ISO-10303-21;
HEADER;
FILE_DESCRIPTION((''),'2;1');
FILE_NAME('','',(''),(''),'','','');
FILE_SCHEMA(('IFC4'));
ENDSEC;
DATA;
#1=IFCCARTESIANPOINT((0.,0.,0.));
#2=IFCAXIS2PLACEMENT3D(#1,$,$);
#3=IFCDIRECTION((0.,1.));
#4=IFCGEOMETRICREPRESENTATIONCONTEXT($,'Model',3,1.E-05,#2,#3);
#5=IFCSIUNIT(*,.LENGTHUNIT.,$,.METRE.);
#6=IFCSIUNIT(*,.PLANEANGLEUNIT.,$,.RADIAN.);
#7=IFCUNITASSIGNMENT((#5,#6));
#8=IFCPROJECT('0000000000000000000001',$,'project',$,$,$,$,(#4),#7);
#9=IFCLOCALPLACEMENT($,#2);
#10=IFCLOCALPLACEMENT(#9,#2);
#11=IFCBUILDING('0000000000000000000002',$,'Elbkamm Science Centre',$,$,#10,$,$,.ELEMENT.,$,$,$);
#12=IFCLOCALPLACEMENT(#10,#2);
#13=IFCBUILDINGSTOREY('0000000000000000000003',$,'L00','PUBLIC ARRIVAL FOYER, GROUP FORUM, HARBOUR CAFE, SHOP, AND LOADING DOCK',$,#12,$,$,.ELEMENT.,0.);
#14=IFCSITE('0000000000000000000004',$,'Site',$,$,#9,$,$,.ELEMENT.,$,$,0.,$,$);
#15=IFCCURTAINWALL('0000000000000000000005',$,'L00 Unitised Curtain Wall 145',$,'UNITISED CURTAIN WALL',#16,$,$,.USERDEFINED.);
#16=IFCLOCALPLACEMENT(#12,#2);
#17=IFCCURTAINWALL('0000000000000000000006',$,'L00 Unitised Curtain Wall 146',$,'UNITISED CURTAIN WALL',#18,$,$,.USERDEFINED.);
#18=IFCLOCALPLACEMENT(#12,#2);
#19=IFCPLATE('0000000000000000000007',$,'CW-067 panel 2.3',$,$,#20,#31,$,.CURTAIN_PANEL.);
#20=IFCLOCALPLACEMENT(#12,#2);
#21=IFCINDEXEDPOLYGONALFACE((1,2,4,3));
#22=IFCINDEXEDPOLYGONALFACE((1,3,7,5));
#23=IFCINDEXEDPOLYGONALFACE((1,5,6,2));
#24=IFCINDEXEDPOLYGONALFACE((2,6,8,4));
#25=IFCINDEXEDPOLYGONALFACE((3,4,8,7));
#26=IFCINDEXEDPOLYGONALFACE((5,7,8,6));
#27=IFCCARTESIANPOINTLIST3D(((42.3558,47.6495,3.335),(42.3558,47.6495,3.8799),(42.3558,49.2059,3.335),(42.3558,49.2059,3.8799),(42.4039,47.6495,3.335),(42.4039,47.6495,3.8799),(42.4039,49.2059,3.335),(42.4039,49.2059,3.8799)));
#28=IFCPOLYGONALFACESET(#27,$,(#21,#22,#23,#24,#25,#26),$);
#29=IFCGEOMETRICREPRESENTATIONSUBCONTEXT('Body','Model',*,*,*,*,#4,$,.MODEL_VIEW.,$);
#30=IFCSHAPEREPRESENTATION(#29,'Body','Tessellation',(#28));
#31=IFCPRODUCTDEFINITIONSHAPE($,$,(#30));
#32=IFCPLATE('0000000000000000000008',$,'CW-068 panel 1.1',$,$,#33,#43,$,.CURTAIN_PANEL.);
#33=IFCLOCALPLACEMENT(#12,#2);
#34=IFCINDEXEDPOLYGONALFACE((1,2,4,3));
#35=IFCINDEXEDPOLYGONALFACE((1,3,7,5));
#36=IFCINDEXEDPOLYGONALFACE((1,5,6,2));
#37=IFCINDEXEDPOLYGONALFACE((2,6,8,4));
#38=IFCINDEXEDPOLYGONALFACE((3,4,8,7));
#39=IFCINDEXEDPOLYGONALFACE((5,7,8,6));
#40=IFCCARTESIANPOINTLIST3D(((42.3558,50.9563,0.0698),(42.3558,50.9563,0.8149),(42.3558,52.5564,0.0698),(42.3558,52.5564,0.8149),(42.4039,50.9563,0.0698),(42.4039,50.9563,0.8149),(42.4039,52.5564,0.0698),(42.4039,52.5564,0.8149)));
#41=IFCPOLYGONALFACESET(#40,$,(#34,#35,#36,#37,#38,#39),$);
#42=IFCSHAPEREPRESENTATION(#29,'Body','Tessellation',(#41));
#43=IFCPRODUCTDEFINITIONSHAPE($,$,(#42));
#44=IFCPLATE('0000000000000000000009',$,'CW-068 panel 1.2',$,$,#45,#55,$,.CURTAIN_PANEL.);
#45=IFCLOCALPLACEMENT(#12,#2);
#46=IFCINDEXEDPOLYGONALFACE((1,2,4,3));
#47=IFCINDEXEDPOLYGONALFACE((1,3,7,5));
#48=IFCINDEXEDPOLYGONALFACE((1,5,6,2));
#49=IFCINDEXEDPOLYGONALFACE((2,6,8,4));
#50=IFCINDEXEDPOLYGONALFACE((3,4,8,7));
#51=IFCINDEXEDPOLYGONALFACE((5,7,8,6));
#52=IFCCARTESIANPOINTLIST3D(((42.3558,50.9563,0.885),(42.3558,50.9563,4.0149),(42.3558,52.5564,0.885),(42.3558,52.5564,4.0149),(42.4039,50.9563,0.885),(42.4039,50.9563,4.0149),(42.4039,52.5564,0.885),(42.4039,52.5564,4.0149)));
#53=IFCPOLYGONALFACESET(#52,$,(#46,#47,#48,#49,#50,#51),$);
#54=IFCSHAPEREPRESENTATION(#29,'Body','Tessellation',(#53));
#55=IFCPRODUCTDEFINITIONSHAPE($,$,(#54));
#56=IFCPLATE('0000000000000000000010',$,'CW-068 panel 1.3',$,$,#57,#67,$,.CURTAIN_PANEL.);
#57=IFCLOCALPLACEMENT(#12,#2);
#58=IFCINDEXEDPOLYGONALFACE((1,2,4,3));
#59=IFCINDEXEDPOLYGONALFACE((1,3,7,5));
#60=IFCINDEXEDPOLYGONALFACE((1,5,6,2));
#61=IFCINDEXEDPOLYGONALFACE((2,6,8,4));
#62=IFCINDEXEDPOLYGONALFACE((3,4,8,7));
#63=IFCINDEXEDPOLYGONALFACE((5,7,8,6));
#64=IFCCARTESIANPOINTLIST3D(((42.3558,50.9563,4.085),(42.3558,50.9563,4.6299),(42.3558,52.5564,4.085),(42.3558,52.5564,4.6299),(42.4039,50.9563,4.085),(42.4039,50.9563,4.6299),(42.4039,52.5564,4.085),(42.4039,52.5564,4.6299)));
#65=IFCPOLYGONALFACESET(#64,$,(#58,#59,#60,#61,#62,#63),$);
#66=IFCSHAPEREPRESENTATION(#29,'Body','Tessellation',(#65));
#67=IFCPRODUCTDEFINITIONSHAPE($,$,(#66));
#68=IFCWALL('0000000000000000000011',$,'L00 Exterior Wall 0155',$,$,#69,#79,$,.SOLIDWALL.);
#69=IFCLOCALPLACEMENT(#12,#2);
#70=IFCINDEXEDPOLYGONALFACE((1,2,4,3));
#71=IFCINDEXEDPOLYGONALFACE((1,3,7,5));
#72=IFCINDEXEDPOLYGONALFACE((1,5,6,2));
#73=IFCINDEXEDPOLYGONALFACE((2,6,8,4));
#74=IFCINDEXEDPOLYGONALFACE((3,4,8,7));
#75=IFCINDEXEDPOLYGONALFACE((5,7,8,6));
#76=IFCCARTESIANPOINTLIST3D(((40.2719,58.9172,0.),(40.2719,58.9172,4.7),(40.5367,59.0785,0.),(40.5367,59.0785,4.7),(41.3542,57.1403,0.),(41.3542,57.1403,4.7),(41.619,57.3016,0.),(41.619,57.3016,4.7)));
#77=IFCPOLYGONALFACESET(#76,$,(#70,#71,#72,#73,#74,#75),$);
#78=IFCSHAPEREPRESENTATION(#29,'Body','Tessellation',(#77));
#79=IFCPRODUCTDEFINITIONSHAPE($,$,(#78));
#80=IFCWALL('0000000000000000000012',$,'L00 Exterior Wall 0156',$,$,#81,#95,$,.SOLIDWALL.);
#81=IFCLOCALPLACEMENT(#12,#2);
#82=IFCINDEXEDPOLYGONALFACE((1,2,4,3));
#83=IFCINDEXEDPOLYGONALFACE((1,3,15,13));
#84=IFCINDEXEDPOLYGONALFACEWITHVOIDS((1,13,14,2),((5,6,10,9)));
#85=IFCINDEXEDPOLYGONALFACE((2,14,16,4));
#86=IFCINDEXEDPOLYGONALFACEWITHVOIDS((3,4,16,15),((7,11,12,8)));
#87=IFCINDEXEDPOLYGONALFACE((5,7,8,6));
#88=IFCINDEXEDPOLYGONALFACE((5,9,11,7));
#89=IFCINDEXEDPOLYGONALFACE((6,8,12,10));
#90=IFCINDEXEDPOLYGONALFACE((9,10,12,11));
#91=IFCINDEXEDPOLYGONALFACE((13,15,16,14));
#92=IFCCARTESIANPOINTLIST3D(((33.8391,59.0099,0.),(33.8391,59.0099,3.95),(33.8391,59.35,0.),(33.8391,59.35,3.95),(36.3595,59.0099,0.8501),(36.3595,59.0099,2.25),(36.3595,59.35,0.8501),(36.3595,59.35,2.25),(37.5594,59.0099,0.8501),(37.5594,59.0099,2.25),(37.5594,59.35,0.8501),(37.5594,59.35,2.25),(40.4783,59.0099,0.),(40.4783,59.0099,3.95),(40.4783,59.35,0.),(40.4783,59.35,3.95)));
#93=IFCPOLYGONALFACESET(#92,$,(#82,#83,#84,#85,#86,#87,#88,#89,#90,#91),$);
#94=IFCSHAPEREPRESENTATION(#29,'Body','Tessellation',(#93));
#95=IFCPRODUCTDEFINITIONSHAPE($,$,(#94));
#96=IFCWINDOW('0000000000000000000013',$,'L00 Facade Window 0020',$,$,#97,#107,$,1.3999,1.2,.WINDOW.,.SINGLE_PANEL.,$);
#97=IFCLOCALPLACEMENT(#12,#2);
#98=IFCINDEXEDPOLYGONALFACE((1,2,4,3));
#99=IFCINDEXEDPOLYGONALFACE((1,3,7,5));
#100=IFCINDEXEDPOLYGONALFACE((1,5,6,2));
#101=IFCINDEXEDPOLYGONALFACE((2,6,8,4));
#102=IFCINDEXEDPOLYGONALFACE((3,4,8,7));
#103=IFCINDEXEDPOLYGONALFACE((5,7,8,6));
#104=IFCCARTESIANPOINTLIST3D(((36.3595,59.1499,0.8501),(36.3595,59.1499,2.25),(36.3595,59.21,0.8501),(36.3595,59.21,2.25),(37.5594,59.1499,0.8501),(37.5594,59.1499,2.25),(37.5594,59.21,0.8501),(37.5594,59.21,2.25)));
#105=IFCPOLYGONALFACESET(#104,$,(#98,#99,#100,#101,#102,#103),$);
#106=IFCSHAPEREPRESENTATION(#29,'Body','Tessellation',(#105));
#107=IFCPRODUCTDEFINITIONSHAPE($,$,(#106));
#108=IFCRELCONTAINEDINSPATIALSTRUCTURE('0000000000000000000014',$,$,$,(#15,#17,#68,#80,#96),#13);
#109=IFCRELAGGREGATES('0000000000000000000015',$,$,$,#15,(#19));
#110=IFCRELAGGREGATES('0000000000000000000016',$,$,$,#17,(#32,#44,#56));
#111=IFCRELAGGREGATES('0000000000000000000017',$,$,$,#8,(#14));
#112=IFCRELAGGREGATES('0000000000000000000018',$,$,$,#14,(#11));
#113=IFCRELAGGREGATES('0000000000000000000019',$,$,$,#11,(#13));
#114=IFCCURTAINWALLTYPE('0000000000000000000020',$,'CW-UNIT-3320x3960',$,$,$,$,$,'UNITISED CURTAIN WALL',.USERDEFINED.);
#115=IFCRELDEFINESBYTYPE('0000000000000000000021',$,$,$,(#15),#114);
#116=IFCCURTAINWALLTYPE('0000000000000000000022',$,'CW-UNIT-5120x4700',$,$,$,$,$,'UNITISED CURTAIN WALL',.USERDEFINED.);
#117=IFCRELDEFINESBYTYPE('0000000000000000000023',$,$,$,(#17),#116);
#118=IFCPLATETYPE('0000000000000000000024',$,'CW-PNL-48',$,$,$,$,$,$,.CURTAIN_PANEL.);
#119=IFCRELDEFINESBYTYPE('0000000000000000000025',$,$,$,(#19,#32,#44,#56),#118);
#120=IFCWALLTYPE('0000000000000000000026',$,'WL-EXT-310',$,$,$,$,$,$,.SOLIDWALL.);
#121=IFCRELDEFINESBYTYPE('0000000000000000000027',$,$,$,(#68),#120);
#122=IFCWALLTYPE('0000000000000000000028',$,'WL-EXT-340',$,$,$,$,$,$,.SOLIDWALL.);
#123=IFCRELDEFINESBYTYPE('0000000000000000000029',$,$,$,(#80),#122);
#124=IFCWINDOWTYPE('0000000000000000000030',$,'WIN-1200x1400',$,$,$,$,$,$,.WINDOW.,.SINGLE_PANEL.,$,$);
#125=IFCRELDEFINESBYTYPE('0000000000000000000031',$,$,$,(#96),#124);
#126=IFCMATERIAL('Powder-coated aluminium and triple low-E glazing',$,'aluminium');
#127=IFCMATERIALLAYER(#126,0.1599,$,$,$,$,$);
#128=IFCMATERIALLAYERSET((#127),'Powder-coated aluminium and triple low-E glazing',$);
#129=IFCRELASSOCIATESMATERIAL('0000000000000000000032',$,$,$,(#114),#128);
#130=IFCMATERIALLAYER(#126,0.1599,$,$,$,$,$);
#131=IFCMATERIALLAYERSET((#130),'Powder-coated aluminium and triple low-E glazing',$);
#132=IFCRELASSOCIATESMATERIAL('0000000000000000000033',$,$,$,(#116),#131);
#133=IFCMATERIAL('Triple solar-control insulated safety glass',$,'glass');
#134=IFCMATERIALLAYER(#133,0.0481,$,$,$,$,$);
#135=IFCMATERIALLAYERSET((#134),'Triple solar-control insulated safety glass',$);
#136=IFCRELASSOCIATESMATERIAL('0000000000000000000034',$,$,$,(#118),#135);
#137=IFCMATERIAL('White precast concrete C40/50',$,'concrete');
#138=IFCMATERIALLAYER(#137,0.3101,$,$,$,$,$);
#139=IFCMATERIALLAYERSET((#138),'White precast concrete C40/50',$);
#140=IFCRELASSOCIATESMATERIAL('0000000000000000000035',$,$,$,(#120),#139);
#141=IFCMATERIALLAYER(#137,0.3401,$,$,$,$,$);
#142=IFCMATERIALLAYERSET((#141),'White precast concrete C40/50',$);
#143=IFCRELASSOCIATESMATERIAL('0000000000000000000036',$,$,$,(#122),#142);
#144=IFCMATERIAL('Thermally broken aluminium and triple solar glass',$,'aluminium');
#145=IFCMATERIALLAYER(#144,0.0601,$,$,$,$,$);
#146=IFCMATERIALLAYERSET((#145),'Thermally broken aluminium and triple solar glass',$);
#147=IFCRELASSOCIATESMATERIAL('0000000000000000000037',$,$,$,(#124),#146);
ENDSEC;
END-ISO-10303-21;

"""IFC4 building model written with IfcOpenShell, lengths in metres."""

from ifc_helpers import new_model, si_unit, direction, frame, frame_2d, origin, origin_2d, place, context, subcontext, project, spatial, rectangle, extrude, material, layer, layer_set, type_object, element, fill, aggregate, save


model = new_model("IFC4")

# Units and contexts
model_context = context("Model", 3, precision=1e-05, world=origin(), true_north=direction((0.0, 1.0)))
body_context = subcontext(model_context, "Body", "Model", "MODEL_VIEW")
ifc_project = project(units=[si_unit("LENGTHUNIT", "METRE"), si_unit("PLANEANGLEUNIT", "RADIAN")], contexts=[model_context])

# Site, building, storey
site_placement = place(None, origin())
site = spatial("IfcSite", under=ifc_project, at=site_placement, Name="Site", CompositionType="ELEMENT", RefElevation=0.0)
building_placement = place(site_placement, origin())
building = spatial("IfcBuilding", under=site, at=building_placement, Name="Elbkamm Science Centre", CompositionType="ELEMENT")
storey_placement = place(building_placement, origin())
storey = spatial("IfcBuildingStorey", under=building, at=storey_placement, Name="L00", Description="PUBLIC ARRIVAL FOYER, GROUP FORUM, HARBOUR CAFE, SHOP, AND LOADING DOCK", CompositionType="ELEMENT", Elevation=0.0)

# Curtain wall
ifc_material_1 = material(Name="Powder-coated aluminium and triple low-E glazing", Category="aluminium")
ifc_layer_1 = layer(ifc_material_1, 0.1599)
ifc_layer_set_1 = layer_set([ifc_layer_1], Name="Powder-coated aluminium and triple low-E glazing")
curtain_wall_type_1 = type_object("IfcCurtainWallType", Name="CW-UNIT-3320x3960", ElementType="UNITISED CURTAIN WALL", PredefinedType="USERDEFINED", material=ifc_layer_set_1)
curtain_wall_1_placement = place(storey_placement, origin())
curtain_wall_1 = element("IfcCurtainWall", 1, at=curtain_wall_1_placement, inside=storey, type_object=curtain_wall_type_1, Name="L00 Unitised Curtain Wall 145", ObjectType="UNITISED CURTAIN WALL", PredefinedType="USERDEFINED")

# Curtain wall
ifc_layer_2 = layer(ifc_material_1, 0.1599)
ifc_layer_set_2 = layer_set([ifc_layer_2], Name="Powder-coated aluminium and triple low-E glazing")
curtain_wall_type_2 = type_object("IfcCurtainWallType", Name="CW-UNIT-5120x4700", ElementType="UNITISED CURTAIN WALL", PredefinedType="USERDEFINED", material=ifc_layer_set_2)
curtain_wall_2_placement = place(storey_placement, origin())
curtain_wall_2 = element("IfcCurtainWall", 2, at=curtain_wall_2_placement, inside=storey, type_object=curtain_wall_type_2, Name="L00 Unitised Curtain Wall 146", ObjectType="UNITISED CURTAIN WALL", PredefinedType="USERDEFINED")

# Plates
ifc_material_2 = material(Name="Triple solar-control insulated safety glass", Category="glass")
ifc_layer_3 = layer(ifc_material_2, 0.0481)
ifc_layer_set_3 = layer_set([ifc_layer_3], Name="Triple solar-control insulated safety glass")
plate_type = type_object("IfcPlateType", Name="CW-PNL-48", PredefinedType="CURTAIN_PANEL", material=ifc_layer_set_3)
plate_1_placement = place(storey_placement, frame((42.3799, 48.4277, 3.335), z_axis=(0.0, 0.0, 1.0), x_axis=(0.0, 1.0, 0.0)))
plate_1 = element("IfcPlate", 3, at=plate_1_placement, type_object=plate_type, Name="CW-067 panel 2.3", PredefinedType="CURTAIN_PANEL", context=body_context, shape_type="SweptSolid", body=[
    extrude(rectangle(XDim=1.5564, YDim=0.0481, at=origin_2d()), origin(), (0.0, 0.0, 1.0), 0.5449),
])
aggregate(curtain_wall_1, [plate_1])
plate_2_placement = place(storey_placement, frame((42.3799, 51.7563, 0.0698), z_axis=(0.0, 0.0, 1.0), x_axis=(0.0, 1.0, 0.0)))
plate_2 = element("IfcPlate", 4, at=plate_2_placement, type_object=plate_type, Name="CW-068 panel 1.1", PredefinedType="CURTAIN_PANEL", context=body_context, shape_type="SweptSolid", body=[
    extrude(rectangle(XDim=1.6001, YDim=0.0481, at=origin_2d()), origin(), (0.0, 0.0, 1.0), 0.7451),
])
plate_3_placement = place(storey_placement, frame((42.3799, 51.7563, 0.885), z_axis=(0.0, 0.0, 1.0), x_axis=(0.0, 1.0, 0.0)))
plate_3 = element("IfcPlate", 5, at=plate_3_placement, type_object=plate_type, Name="CW-068 panel 1.2", PredefinedType="CURTAIN_PANEL", context=body_context, shape_type="SweptSolid", body=[
    extrude(rectangle(XDim=1.6001, YDim=0.0481, at=origin_2d()), origin(), (0.0, 0.0, 1.0), 3.1299),
])
plate_4_placement = place(storey_placement, frame((42.3799, 51.7563, 4.085), z_axis=(0.0, 0.0, 1.0), x_axis=(0.0, 1.0, 0.0)))
plate_4 = element("IfcPlate", 6, at=plate_4_placement, type_object=plate_type, Name="CW-068 panel 1.3", PredefinedType="CURTAIN_PANEL", context=body_context, shape_type="SweptSolid", body=[
    extrude(rectangle(XDim=1.6001, YDim=0.0481, at=origin_2d()), origin(), (0.0, 0.0, 1.0), 0.5449),
])
aggregate(curtain_wall_2, [plate_2, plate_3, plate_4])

# Wall
ifc_material_3 = material(Name="White precast concrete C40/50", Category="concrete")
ifc_layer_4 = layer(ifc_material_3, 0.3101)
ifc_layer_set_4 = layer_set([ifc_layer_4], Name="White precast concrete C40/50")
wall_type_1 = type_object("IfcWallType", Name="WL-EXT-310", PredefinedType="SOLIDWALL", material=ifc_layer_set_4)
wall_1_placement = place(storey_placement, frame((41.4866, 57.2209, 0.0), z_axis=(0.0, 0.0, 1.0), x_axis=(-0.520196, 0.854047, 0.0)))
element("IfcWall", 7, at=wall_1_placement, inside=storey, type_object=wall_type_1, Name="L00 Exterior Wall 0155", PredefinedType="SOLIDWALL", context=body_context, shape_type="SweptSolid", body=[
    extrude(rectangle(XDim=2.0806, YDim=0.3101, at=frame_2d((1.0403, 0.0))), origin(), (0.0, 0.0, 1.0), 4.7),
])

# Wall, opening, window
ifc_layer_5 = layer(ifc_material_3, 0.3401)
ifc_layer_set_5 = layer_set([ifc_layer_5], Name="White precast concrete C40/50")
wall_type_2 = type_object("IfcWallType", Name="WL-EXT-340", PredefinedType="SOLIDWALL", material=ifc_layer_set_5)
wall_2_placement = place(storey_placement, frame((40.4783, 59.1799, 0.0), z_axis=(0.0, 0.0, 1.0), x_axis=(-1.0, 0.0, 0.0)))
wall_2 = element("IfcWall", 8, at=wall_2_placement, inside=storey, type_object=wall_type_2, Name="L00 Exterior Wall 0156", PredefinedType="SOLIDWALL", context=body_context, shape_type="SweptSolid", body=[
    extrude(rectangle(XDim=6.6392, YDim=0.3401, at=frame_2d((3.3196, 0.0))), origin(), (0.0, 0.0, 1.0), 3.95),
])
opening_placement = place(wall_2_placement, frame((2.9187, 0.0, 0.8501)))
opening = element("IfcOpeningElement", 9, at=opening_placement, cuts=wall_2, PredefinedType="OPENING", context=body_context, shape_type="SweptSolid", body=[
    extrude(rectangle(XDim=1.2, YDim=1.3999, at=frame_2d((0.6001, 0.7))), frame((0.0, 0.1821, 0.0), z_axis=(0.0, -1.0, 0.0), x_axis=(1.0, 0.0, 0.0)), (0.0, 0.0, 1.0), 0.364),
])
ifc_material_4 = material(Name="Thermally broken aluminium and triple solar glass", Category="aluminium")
ifc_layer_6 = layer(ifc_material_4, 0.0601)
ifc_layer_set_6 = layer_set([ifc_layer_6], Name="Thermally broken aluminium and triple solar glass")
window_type = type_object("IfcWindowType", Name="WIN-1200x1400", PartitioningType="SINGLE_PANEL", PredefinedType="WINDOW", material=ifc_layer_set_6)
window_placement = place(opening_placement, origin())
window = element("IfcWindow", 10, at=window_placement, inside=storey, type_object=window_type, Name="L00 Facade Window 0020", OverallHeight=1.3999, OverallWidth=1.2, PartitioningType="SINGLE_PANEL", PredefinedType="WINDOW", context=body_context, shape_type="SweptSolid", body=[
    extrude(rectangle(XDim=1.2, YDim=1.3999, at=frame_2d((0.6001, 0.7))), frame((0.0, 0.03, 0.0), z_axis=(0.0, -1.0, 0.0), x_axis=(1.0, 0.0, 0.0)), (0.0, 0.0, 1.0), 0.0601),
])
fill(opening, window)

save(model, "model.ifc")
